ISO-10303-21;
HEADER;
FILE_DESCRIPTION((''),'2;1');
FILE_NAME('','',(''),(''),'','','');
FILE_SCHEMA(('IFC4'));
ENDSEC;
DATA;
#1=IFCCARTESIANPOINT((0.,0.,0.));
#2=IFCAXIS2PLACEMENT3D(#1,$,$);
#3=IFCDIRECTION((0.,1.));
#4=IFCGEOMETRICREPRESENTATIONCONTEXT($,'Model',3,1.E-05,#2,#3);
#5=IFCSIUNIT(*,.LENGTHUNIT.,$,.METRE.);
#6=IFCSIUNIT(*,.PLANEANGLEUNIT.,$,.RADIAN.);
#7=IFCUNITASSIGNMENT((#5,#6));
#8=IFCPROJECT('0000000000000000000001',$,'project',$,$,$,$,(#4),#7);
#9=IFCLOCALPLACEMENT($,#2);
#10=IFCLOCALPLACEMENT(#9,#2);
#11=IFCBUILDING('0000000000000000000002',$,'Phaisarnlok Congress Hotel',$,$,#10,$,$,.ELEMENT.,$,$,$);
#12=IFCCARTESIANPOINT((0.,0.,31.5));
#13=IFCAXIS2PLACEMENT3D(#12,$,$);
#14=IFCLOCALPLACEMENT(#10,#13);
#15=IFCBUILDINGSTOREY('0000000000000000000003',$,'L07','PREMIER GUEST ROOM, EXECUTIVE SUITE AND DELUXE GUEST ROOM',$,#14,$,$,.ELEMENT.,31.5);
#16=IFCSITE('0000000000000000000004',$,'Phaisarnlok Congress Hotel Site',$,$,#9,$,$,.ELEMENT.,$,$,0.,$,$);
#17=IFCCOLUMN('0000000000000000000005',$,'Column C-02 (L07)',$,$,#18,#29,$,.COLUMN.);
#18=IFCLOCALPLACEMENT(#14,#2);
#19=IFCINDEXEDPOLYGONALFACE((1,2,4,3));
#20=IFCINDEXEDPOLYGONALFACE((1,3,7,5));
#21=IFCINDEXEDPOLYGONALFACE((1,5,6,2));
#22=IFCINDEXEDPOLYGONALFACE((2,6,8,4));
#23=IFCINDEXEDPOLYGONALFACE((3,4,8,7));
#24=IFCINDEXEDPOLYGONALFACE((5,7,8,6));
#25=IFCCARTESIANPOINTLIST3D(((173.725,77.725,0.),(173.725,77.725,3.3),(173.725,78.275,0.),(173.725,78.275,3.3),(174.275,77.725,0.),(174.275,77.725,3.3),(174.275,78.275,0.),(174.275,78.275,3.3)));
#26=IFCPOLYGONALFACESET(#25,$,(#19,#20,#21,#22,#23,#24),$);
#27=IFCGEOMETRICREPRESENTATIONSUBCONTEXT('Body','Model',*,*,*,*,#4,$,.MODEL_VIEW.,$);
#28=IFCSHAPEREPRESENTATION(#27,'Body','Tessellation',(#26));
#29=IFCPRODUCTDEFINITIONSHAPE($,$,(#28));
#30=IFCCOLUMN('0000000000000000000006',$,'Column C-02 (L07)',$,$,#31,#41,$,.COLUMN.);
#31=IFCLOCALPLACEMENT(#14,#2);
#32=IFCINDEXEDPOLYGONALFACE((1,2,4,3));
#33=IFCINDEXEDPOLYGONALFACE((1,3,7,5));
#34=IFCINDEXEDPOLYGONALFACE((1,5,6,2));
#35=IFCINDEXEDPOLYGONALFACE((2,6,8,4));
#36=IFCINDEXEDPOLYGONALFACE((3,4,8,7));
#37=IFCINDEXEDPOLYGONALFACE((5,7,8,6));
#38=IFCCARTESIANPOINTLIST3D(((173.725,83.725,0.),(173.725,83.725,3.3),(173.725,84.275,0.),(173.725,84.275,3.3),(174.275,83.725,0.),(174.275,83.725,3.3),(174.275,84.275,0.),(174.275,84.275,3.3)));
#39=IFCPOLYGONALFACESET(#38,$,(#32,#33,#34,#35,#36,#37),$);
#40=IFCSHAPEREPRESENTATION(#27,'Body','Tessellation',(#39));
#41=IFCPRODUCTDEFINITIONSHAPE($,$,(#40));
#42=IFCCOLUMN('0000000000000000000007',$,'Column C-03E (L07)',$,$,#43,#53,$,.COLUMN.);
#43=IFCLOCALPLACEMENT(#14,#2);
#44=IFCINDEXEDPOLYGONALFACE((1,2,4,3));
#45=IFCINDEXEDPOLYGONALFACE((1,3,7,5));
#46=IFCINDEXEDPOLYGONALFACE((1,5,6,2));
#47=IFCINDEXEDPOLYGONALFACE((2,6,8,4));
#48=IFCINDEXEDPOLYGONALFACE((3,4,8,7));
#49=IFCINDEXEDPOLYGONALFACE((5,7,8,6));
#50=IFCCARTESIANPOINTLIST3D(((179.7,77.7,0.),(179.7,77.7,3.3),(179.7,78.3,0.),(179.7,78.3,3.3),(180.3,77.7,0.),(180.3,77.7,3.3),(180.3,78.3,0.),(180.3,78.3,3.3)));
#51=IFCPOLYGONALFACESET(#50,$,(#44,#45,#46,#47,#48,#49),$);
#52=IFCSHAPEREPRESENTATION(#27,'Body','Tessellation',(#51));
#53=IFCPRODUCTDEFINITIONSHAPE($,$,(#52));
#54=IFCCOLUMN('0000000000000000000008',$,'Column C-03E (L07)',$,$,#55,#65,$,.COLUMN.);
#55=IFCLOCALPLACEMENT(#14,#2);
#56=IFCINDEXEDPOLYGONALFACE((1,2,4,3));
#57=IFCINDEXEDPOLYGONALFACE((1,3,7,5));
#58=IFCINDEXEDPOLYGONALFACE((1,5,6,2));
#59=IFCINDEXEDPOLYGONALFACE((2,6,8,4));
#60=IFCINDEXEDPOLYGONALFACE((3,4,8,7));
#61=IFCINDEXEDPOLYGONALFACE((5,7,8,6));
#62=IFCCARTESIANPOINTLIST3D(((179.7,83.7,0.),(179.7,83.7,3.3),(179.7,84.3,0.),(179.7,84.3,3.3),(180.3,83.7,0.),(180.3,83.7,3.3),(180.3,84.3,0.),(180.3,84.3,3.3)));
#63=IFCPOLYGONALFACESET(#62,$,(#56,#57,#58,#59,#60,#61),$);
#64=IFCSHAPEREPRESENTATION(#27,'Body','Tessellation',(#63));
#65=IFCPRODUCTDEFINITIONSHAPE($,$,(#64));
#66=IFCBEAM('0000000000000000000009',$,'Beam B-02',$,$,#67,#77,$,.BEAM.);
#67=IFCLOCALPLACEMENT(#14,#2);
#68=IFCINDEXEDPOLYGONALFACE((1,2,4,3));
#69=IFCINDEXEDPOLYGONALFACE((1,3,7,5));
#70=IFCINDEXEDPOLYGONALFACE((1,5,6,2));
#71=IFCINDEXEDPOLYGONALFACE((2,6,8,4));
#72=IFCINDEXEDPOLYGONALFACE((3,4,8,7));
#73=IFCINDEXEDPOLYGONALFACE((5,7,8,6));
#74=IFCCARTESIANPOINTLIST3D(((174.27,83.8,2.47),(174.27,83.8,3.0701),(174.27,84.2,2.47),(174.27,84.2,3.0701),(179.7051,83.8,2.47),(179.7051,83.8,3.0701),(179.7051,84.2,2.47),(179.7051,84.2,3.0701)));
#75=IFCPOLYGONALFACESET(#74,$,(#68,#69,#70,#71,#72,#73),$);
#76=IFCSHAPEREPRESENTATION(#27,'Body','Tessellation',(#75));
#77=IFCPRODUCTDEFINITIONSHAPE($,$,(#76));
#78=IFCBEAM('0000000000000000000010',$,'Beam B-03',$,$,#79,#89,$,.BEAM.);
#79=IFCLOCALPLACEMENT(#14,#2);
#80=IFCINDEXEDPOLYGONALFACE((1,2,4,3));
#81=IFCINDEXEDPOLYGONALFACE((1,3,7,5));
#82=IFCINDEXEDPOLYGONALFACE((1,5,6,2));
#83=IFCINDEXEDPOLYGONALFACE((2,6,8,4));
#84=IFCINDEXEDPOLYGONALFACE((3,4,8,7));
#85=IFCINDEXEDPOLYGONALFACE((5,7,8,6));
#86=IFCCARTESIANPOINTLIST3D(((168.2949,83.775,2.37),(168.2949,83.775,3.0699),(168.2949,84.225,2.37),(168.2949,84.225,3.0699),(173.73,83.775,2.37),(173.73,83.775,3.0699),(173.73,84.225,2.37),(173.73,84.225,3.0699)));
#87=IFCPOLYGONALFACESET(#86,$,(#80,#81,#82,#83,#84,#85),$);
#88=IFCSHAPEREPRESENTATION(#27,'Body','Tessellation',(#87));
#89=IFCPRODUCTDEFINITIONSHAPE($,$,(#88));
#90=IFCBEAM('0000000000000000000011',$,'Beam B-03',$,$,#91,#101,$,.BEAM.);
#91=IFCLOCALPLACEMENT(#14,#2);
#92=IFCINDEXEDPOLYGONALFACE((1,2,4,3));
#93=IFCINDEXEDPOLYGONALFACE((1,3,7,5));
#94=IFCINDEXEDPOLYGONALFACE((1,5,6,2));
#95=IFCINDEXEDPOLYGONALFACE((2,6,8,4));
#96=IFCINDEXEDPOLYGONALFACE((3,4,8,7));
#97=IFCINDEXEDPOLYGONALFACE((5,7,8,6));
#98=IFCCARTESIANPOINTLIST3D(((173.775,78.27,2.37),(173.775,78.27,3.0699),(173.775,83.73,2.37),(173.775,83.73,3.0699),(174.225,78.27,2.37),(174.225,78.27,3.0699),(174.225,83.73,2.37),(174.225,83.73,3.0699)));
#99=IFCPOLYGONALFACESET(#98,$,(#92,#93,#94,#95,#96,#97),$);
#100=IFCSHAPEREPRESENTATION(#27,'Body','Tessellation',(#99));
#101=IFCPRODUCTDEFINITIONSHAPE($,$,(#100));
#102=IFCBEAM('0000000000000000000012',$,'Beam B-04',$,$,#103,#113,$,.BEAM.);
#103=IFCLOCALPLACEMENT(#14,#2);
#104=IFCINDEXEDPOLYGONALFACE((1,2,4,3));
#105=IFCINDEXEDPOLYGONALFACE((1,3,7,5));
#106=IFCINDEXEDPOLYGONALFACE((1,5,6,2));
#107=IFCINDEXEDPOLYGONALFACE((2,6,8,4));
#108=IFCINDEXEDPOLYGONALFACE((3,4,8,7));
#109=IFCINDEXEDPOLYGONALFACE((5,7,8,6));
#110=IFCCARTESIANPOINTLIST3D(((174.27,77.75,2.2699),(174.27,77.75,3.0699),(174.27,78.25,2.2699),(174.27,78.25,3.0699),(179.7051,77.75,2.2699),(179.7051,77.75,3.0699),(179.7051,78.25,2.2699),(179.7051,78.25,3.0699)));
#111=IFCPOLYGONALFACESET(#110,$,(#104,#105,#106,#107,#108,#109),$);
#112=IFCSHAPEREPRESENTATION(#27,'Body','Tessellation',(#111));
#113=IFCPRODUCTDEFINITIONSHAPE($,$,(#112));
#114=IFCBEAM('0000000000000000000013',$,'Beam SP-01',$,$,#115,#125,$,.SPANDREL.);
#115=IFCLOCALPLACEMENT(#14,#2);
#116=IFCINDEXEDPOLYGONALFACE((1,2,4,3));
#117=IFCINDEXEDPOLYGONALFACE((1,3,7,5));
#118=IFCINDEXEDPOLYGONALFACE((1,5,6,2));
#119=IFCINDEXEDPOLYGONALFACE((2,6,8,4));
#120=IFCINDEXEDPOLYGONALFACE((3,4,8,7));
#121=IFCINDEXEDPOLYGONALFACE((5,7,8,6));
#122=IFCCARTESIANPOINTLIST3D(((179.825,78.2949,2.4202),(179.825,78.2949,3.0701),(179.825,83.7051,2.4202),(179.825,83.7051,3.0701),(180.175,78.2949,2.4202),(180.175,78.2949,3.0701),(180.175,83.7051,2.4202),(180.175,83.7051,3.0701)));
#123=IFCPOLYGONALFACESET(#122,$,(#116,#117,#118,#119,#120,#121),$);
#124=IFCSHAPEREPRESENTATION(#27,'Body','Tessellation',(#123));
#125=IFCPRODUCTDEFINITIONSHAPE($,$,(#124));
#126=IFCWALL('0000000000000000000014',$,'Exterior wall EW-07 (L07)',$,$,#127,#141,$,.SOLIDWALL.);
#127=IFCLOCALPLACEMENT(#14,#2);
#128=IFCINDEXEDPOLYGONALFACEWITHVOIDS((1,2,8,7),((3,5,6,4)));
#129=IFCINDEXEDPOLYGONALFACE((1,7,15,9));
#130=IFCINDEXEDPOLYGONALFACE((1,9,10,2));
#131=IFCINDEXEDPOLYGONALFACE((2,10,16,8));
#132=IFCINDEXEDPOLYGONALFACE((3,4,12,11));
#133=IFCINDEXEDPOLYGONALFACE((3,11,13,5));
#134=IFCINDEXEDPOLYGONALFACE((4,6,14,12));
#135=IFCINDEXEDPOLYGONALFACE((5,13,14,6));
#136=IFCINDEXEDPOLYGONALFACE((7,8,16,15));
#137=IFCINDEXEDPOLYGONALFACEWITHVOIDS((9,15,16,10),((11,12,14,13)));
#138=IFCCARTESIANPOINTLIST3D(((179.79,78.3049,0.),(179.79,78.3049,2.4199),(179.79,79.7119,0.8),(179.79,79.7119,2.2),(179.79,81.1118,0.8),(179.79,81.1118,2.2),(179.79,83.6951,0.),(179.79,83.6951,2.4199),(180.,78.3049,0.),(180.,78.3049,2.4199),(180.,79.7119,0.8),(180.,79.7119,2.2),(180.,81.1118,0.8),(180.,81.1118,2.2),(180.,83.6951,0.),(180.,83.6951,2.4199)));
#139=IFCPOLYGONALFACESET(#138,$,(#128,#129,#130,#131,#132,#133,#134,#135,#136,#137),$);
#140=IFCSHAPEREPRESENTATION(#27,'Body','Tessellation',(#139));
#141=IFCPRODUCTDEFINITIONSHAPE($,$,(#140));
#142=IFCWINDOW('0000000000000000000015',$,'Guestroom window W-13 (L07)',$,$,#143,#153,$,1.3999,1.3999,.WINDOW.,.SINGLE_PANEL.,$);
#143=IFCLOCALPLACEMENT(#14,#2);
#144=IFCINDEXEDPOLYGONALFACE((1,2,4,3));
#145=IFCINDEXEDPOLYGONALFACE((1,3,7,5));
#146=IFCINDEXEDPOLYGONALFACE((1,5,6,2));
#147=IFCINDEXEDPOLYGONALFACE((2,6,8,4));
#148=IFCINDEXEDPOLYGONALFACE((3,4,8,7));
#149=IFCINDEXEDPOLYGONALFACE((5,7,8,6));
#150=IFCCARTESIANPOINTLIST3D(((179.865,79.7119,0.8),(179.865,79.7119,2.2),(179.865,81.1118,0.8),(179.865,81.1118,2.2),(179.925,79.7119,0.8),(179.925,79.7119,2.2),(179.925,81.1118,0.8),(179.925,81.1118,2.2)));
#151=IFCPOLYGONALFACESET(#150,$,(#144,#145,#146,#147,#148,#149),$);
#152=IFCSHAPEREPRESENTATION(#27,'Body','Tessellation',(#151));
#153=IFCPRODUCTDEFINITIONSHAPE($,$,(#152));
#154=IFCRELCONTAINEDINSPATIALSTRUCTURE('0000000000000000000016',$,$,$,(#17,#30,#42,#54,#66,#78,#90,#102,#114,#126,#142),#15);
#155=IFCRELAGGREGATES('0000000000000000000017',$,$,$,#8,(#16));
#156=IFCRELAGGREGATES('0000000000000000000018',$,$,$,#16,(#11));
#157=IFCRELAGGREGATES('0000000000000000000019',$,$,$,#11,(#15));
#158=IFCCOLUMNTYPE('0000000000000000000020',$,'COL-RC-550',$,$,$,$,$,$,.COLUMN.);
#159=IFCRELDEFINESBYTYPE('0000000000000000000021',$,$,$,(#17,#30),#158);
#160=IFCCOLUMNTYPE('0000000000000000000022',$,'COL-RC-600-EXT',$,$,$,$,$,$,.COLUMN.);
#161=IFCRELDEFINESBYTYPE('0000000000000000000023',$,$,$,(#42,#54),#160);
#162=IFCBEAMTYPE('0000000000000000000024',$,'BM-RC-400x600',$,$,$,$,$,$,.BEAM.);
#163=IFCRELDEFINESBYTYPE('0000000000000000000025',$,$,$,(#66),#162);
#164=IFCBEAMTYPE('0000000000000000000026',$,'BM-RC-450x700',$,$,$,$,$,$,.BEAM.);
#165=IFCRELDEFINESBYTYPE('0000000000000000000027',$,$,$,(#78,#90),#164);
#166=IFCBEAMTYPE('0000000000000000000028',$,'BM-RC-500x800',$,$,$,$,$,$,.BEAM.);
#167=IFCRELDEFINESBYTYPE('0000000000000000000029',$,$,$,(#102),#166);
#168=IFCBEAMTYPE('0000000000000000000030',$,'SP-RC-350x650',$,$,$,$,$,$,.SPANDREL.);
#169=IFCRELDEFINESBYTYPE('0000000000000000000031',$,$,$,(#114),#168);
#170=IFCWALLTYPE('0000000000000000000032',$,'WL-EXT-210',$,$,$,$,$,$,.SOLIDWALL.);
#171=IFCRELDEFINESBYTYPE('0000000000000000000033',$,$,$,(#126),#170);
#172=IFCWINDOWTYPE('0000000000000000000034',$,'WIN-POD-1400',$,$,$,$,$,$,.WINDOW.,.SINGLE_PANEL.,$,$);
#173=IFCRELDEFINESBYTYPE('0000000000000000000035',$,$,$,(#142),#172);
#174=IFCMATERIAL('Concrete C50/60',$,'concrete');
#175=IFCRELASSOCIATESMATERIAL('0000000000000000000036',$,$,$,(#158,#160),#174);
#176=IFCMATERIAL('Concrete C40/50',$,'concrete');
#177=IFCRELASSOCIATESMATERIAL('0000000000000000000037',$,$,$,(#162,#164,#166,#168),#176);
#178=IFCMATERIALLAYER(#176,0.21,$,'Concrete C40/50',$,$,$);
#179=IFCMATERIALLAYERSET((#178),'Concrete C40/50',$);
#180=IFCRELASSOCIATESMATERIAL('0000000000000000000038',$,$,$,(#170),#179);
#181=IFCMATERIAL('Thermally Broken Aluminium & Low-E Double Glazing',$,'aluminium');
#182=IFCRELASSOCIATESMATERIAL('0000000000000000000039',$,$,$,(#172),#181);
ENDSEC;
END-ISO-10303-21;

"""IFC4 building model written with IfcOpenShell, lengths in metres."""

from ifc_helpers import new_model, si_unit, direction, frame, frame_2d, origin, origin_2d, place, context, subcontext, project, spatial, rectangle, extrude, material, layer, layer_set, material_profile, profile_set, type_object, element, fill, save


model = new_model("IFC4")

# Units and contexts
model_context = context("Model", 3, precision=1e-05, world=origin(), true_north=direction((0.0, 1.0)))
body_context = subcontext(model_context, "Body", "Model", "MODEL_VIEW")
ifc_project = project(units=[si_unit("LENGTHUNIT", "METRE"), si_unit("PLANEANGLEUNIT", "RADIAN")], contexts=[model_context])

# Site, building, storey
site_placement = place(None, origin())
site = spatial("IfcSite", under=ifc_project, at=site_placement, Name="Phaisarnlok Congress Hotel Site", CompositionType="ELEMENT", RefElevation=0.0)
building_placement = place(site_placement, origin())
building = spatial("IfcBuilding", under=site, at=building_placement, Name="Phaisarnlok Congress Hotel", CompositionType="ELEMENT")
storey_placement = place(building_placement, frame((0.0, 0.0, 31.5)))
storey = spatial("IfcBuildingStorey", under=building, at=storey_placement, Name="L07", Description="PREMIER GUEST ROOM, EXECUTIVE SUITE AND DELUXE GUEST ROOM", CompositionType="ELEMENT", Elevation=31.5)

# Columns
ifc_material_1 = material(Name="Concrete C50/60", Category="concrete")
ifc_material_profile_1 = material_profile(ifc_material_1, rectangle(XDim=0.55, YDim=0.55, at=origin_2d()), Name="RC 550x550")
ifc_profile_set_1 = profile_set([ifc_material_profile_1], Name="Concrete C50/60")
column_type_1 = type_object("IfcColumnType", Name="COL-RC-550", PredefinedType="COLUMN", material=ifc_profile_set_1)
for number, where, z_axis, x_axis, name in (
    (1, (174.0, 78.0, 0.0), (0.0, 0.0, 1.0), (1.0, 0.0, 0.0), "Column C-02 (L07)"),
    (2, (174.0, 84.0, 0.0), (0.0, 0.0, 1.0), (1.0, 0.0, 0.0), "Column C-02 (L07)"),
):
    element("IfcColumn", number, at=place(storey_placement, frame(where, z_axis=z_axis, x_axis=x_axis)), inside=storey, type_object=column_type_1, Name=name, PredefinedType="COLUMN", context=body_context, shape_type="SweptSolid", body=[
        extrude(rectangle(XDim=0.55, YDim=0.55, at=origin_2d()), origin(), (0.0, 0.0, 1.0), 3.3),
    ])
ifc_material_profile_2 = material_profile(ifc_material_1, rectangle(XDim=0.6001, YDim=0.6001, at=origin_2d()), Name="RC 600x600")
ifc_profile_set_2 = profile_set([ifc_material_profile_2], Name="Concrete C50/60")
column_type_2 = type_object("IfcColumnType", Name="COL-RC-600-EXT", PredefinedType="COLUMN", material=ifc_profile_set_2)
for number, where, z_axis, x_axis, name in (
    (3, (180.0, 78.0, 0.0), (0.0, 0.0, 1.0), (1.0, 0.0, 0.0), "Column C-03E (L07)"),
    (4, (180.0, 84.0, 0.0), (0.0, 0.0, 1.0), (1.0, 0.0, 0.0), "Column C-03E (L07)"),
):
    element("IfcColumn", number, at=place(storey_placement, frame(where, z_axis=z_axis, x_axis=x_axis)), inside=storey, type_object=column_type_2, Name=name, PredefinedType="COLUMN", context=body_context, shape_type="SweptSolid", body=[
        extrude(rectangle(XDim=0.6001, YDim=0.6001, at=origin_2d()), origin(), (0.0, 0.0, 1.0), 3.3),
    ])

# Beams
ifc_material_2 = material(Name="Concrete C40/50", Category="concrete")
ifc_material_profile_3 = material_profile(ifc_material_2, rectangle(XDim=0.3999, YDim=0.6001, at=origin_2d()), Name="RC 400x600")
ifc_profile_set_3 = profile_set([ifc_material_profile_3], Name="Concrete C40/50")
beam_type_1 = type_object("IfcBeamType", Name="BM-RC-400x600", PredefinedType="BEAM", material=ifc_profile_set_3)
beam_1_placement = place(storey_placement, frame((174.27, 84.0, 2.77), z_axis=(1.0, 0.0, 0.0), x_axis=(0.0, 1.0, 0.0)))
element("IfcBeam", 5, at=beam_1_placement, inside=storey, type_object=beam_type_1, Name="Beam B-02", PredefinedType="BEAM", context=body_context, shape_type="SweptSolid", body=[
    extrude(rectangle(XDim=0.3999, YDim=0.6001, at=origin_2d()), origin(), (0.0, 0.0, 1.0), 5.4351),
])
ifc_material_profile_4 = material_profile(ifc_material_2, rectangle(XDim=0.45, YDim=0.7, at=origin_2d()), Name="RC 450x700")
ifc_profile_set_4 = profile_set([ifc_material_profile_4], Name="Concrete C40/50")
beam_type_2 = type_object("IfcBeamType", Name="BM-RC-450x700", PredefinedType="BEAM", material=ifc_profile_set_4)
beam_2_placement = place(storey_placement, frame((168.2949, 84.0, 2.72), z_axis=(1.0, 0.0, 0.0), x_axis=(0.0, 1.0, 0.0)))
element("IfcBeam", 6, at=beam_2_placement, inside=storey, type_object=beam_type_2, Name="Beam B-03", PredefinedType="BEAM", context=body_context, shape_type="SweptSolid", body=[
    extrude(rectangle(XDim=0.45, YDim=0.7, at=origin_2d()), origin(), (0.0, 0.0, 1.0), 5.4351),
])
beam_3_placement = place(storey_placement, frame((174.0, 78.27, 2.72), z_axis=(0.0, 1.0, 0.0), x_axis=(-1.0, 0.0, 0.0)))
element("IfcBeam", 7, at=beam_3_placement, inside=storey, type_object=beam_type_2, Name="Beam B-03", PredefinedType="BEAM", context=body_context, shape_type="SweptSolid", body=[
    extrude(rectangle(XDim=0.45, YDim=0.7, at=origin_2d()), origin(), (0.0, 0.0, 1.0), 5.46),
])
ifc_material_profile_5 = material_profile(ifc_material_2, rectangle(XDim=0.5, YDim=0.8, at=origin_2d()), Name="RC 500x800")
ifc_profile_set_5 = profile_set([ifc_material_profile_5], Name="Concrete C40/50")
beam_type_3 = type_object("IfcBeamType", Name="BM-RC-500x800", PredefinedType="BEAM", material=ifc_profile_set_5)
beam_4_placement = place(storey_placement, frame((174.27, 78.0, 2.6699), z_axis=(1.0, 0.0, 0.0), x_axis=(0.0, 1.0, 0.0)))
element("IfcBeam", 8, at=beam_4_placement, inside=storey, type_object=beam_type_3, Name="Beam B-04", PredefinedType="BEAM", context=body_context, shape_type="SweptSolid", body=[
    extrude(rectangle(XDim=0.5, YDim=0.8, at=origin_2d()), origin(), (0.0, 0.0, 1.0), 5.4351),
])
ifc_material_profile_6 = material_profile(ifc_material_2, rectangle(XDim=0.3501, YDim=0.6499, at=origin_2d()), Name="RC 350x650")
ifc_profile_set_6 = profile_set([ifc_material_profile_6], Name="Concrete C40/50")
beam_type_4 = type_object("IfcBeamType", Name="SP-RC-350x650", PredefinedType="SPANDREL", material=ifc_profile_set_6)
beam_5_placement = place(storey_placement, frame((180.0, 78.2949, 2.7451), z_axis=(0.0, 1.0, 0.0), x_axis=(-1.0, 0.0, 0.0)))
element("IfcBeam", 9, at=beam_5_placement, inside=storey, type_object=beam_type_4, Name="Beam SP-01", PredefinedType="SPANDREL", context=body_context, shape_type="SweptSolid", body=[
    extrude(rectangle(XDim=0.3501, YDim=0.6499, at=origin_2d()), origin(), (0.0, 0.0, 1.0), 5.4102),
])

# Wall, opening, window
ifc_layer_1 = layer(ifc_material_2, 0.21, Name="Concrete C40/50")
ifc_layer_set_1 = layer_set([ifc_layer_1], Name="Concrete C40/50")
wall_type_1 = type_object("IfcWallType", Name="WL-EXT-210", PredefinedType="SOLIDWALL", material=ifc_layer_set_1)
wall_1_placement = place(storey_placement, frame((179.895, 78.3049, 0.0), z_axis=(0.0, 0.0, 1.0), x_axis=(0.0, 1.0, 0.0)))
wall_1 = element("IfcWall", 10, at=wall_1_placement, inside=storey, type_object=wall_type_1, Name="Exterior wall EW-07 (L07)", PredefinedType="SOLIDWALL", context=body_context, shape_type="SweptSolid", body=[
    extrude(rectangle(XDim=5.3901, YDim=0.21, at=frame_2d((2.6951, 0.0))), origin(), (0.0, 0.0, 1.0), 2.4199),
])
opening_1_placement = place(wall_1_placement, frame((1.407, 0.0, 0.8)))
opening_1 = element("IfcOpeningElement", 11, at=opening_1_placement, cuts=wall_1, PredefinedType="OPENING", context=body_context, shape_type="SweptSolid", body=[
    extrude(rectangle(XDim=1.3999, YDim=1.3999, at=frame_2d((0.7, 0.7))), frame((0.0, 0.115, 0.0), z_axis=(0.0, -1.0, 0.0), x_axis=(1.0, 0.0, 0.0)), (0.0, 0.0, 1.0), 0.23),
])
ifc_material_3 = material(Name="Thermally Broken Aluminium & Low-E Double Glazing", Category="aluminium")
window_type = type_object("IfcWindowType", Name="WIN-POD-1400", PartitioningType="SINGLE_PANEL", PredefinedType="WINDOW", material=ifc_material_3)
window_1_placement = place(opening_1_placement, origin())
window_1 = element("IfcWindow", 12, at=window_1_placement, inside=storey, type_object=window_type, Name="Guestroom window W-13 (L07)", OverallHeight=1.3999, OverallWidth=1.3999, PartitioningType="SINGLE_PANEL", PredefinedType="WINDOW", context=body_context, shape_type="SweptSolid", body=[
    extrude(rectangle(XDim=1.3999, YDim=1.3999, at=frame_2d((0.7, 0.7))), frame((0.0, 0.03, 0.0), z_axis=(0.0, -1.0, 0.0), x_axis=(1.0, 0.0, 0.0)), (0.0, 0.0, 1.0), 0.0601),
])
fill(opening_1, window_1)

save(model, "model.ifc")
